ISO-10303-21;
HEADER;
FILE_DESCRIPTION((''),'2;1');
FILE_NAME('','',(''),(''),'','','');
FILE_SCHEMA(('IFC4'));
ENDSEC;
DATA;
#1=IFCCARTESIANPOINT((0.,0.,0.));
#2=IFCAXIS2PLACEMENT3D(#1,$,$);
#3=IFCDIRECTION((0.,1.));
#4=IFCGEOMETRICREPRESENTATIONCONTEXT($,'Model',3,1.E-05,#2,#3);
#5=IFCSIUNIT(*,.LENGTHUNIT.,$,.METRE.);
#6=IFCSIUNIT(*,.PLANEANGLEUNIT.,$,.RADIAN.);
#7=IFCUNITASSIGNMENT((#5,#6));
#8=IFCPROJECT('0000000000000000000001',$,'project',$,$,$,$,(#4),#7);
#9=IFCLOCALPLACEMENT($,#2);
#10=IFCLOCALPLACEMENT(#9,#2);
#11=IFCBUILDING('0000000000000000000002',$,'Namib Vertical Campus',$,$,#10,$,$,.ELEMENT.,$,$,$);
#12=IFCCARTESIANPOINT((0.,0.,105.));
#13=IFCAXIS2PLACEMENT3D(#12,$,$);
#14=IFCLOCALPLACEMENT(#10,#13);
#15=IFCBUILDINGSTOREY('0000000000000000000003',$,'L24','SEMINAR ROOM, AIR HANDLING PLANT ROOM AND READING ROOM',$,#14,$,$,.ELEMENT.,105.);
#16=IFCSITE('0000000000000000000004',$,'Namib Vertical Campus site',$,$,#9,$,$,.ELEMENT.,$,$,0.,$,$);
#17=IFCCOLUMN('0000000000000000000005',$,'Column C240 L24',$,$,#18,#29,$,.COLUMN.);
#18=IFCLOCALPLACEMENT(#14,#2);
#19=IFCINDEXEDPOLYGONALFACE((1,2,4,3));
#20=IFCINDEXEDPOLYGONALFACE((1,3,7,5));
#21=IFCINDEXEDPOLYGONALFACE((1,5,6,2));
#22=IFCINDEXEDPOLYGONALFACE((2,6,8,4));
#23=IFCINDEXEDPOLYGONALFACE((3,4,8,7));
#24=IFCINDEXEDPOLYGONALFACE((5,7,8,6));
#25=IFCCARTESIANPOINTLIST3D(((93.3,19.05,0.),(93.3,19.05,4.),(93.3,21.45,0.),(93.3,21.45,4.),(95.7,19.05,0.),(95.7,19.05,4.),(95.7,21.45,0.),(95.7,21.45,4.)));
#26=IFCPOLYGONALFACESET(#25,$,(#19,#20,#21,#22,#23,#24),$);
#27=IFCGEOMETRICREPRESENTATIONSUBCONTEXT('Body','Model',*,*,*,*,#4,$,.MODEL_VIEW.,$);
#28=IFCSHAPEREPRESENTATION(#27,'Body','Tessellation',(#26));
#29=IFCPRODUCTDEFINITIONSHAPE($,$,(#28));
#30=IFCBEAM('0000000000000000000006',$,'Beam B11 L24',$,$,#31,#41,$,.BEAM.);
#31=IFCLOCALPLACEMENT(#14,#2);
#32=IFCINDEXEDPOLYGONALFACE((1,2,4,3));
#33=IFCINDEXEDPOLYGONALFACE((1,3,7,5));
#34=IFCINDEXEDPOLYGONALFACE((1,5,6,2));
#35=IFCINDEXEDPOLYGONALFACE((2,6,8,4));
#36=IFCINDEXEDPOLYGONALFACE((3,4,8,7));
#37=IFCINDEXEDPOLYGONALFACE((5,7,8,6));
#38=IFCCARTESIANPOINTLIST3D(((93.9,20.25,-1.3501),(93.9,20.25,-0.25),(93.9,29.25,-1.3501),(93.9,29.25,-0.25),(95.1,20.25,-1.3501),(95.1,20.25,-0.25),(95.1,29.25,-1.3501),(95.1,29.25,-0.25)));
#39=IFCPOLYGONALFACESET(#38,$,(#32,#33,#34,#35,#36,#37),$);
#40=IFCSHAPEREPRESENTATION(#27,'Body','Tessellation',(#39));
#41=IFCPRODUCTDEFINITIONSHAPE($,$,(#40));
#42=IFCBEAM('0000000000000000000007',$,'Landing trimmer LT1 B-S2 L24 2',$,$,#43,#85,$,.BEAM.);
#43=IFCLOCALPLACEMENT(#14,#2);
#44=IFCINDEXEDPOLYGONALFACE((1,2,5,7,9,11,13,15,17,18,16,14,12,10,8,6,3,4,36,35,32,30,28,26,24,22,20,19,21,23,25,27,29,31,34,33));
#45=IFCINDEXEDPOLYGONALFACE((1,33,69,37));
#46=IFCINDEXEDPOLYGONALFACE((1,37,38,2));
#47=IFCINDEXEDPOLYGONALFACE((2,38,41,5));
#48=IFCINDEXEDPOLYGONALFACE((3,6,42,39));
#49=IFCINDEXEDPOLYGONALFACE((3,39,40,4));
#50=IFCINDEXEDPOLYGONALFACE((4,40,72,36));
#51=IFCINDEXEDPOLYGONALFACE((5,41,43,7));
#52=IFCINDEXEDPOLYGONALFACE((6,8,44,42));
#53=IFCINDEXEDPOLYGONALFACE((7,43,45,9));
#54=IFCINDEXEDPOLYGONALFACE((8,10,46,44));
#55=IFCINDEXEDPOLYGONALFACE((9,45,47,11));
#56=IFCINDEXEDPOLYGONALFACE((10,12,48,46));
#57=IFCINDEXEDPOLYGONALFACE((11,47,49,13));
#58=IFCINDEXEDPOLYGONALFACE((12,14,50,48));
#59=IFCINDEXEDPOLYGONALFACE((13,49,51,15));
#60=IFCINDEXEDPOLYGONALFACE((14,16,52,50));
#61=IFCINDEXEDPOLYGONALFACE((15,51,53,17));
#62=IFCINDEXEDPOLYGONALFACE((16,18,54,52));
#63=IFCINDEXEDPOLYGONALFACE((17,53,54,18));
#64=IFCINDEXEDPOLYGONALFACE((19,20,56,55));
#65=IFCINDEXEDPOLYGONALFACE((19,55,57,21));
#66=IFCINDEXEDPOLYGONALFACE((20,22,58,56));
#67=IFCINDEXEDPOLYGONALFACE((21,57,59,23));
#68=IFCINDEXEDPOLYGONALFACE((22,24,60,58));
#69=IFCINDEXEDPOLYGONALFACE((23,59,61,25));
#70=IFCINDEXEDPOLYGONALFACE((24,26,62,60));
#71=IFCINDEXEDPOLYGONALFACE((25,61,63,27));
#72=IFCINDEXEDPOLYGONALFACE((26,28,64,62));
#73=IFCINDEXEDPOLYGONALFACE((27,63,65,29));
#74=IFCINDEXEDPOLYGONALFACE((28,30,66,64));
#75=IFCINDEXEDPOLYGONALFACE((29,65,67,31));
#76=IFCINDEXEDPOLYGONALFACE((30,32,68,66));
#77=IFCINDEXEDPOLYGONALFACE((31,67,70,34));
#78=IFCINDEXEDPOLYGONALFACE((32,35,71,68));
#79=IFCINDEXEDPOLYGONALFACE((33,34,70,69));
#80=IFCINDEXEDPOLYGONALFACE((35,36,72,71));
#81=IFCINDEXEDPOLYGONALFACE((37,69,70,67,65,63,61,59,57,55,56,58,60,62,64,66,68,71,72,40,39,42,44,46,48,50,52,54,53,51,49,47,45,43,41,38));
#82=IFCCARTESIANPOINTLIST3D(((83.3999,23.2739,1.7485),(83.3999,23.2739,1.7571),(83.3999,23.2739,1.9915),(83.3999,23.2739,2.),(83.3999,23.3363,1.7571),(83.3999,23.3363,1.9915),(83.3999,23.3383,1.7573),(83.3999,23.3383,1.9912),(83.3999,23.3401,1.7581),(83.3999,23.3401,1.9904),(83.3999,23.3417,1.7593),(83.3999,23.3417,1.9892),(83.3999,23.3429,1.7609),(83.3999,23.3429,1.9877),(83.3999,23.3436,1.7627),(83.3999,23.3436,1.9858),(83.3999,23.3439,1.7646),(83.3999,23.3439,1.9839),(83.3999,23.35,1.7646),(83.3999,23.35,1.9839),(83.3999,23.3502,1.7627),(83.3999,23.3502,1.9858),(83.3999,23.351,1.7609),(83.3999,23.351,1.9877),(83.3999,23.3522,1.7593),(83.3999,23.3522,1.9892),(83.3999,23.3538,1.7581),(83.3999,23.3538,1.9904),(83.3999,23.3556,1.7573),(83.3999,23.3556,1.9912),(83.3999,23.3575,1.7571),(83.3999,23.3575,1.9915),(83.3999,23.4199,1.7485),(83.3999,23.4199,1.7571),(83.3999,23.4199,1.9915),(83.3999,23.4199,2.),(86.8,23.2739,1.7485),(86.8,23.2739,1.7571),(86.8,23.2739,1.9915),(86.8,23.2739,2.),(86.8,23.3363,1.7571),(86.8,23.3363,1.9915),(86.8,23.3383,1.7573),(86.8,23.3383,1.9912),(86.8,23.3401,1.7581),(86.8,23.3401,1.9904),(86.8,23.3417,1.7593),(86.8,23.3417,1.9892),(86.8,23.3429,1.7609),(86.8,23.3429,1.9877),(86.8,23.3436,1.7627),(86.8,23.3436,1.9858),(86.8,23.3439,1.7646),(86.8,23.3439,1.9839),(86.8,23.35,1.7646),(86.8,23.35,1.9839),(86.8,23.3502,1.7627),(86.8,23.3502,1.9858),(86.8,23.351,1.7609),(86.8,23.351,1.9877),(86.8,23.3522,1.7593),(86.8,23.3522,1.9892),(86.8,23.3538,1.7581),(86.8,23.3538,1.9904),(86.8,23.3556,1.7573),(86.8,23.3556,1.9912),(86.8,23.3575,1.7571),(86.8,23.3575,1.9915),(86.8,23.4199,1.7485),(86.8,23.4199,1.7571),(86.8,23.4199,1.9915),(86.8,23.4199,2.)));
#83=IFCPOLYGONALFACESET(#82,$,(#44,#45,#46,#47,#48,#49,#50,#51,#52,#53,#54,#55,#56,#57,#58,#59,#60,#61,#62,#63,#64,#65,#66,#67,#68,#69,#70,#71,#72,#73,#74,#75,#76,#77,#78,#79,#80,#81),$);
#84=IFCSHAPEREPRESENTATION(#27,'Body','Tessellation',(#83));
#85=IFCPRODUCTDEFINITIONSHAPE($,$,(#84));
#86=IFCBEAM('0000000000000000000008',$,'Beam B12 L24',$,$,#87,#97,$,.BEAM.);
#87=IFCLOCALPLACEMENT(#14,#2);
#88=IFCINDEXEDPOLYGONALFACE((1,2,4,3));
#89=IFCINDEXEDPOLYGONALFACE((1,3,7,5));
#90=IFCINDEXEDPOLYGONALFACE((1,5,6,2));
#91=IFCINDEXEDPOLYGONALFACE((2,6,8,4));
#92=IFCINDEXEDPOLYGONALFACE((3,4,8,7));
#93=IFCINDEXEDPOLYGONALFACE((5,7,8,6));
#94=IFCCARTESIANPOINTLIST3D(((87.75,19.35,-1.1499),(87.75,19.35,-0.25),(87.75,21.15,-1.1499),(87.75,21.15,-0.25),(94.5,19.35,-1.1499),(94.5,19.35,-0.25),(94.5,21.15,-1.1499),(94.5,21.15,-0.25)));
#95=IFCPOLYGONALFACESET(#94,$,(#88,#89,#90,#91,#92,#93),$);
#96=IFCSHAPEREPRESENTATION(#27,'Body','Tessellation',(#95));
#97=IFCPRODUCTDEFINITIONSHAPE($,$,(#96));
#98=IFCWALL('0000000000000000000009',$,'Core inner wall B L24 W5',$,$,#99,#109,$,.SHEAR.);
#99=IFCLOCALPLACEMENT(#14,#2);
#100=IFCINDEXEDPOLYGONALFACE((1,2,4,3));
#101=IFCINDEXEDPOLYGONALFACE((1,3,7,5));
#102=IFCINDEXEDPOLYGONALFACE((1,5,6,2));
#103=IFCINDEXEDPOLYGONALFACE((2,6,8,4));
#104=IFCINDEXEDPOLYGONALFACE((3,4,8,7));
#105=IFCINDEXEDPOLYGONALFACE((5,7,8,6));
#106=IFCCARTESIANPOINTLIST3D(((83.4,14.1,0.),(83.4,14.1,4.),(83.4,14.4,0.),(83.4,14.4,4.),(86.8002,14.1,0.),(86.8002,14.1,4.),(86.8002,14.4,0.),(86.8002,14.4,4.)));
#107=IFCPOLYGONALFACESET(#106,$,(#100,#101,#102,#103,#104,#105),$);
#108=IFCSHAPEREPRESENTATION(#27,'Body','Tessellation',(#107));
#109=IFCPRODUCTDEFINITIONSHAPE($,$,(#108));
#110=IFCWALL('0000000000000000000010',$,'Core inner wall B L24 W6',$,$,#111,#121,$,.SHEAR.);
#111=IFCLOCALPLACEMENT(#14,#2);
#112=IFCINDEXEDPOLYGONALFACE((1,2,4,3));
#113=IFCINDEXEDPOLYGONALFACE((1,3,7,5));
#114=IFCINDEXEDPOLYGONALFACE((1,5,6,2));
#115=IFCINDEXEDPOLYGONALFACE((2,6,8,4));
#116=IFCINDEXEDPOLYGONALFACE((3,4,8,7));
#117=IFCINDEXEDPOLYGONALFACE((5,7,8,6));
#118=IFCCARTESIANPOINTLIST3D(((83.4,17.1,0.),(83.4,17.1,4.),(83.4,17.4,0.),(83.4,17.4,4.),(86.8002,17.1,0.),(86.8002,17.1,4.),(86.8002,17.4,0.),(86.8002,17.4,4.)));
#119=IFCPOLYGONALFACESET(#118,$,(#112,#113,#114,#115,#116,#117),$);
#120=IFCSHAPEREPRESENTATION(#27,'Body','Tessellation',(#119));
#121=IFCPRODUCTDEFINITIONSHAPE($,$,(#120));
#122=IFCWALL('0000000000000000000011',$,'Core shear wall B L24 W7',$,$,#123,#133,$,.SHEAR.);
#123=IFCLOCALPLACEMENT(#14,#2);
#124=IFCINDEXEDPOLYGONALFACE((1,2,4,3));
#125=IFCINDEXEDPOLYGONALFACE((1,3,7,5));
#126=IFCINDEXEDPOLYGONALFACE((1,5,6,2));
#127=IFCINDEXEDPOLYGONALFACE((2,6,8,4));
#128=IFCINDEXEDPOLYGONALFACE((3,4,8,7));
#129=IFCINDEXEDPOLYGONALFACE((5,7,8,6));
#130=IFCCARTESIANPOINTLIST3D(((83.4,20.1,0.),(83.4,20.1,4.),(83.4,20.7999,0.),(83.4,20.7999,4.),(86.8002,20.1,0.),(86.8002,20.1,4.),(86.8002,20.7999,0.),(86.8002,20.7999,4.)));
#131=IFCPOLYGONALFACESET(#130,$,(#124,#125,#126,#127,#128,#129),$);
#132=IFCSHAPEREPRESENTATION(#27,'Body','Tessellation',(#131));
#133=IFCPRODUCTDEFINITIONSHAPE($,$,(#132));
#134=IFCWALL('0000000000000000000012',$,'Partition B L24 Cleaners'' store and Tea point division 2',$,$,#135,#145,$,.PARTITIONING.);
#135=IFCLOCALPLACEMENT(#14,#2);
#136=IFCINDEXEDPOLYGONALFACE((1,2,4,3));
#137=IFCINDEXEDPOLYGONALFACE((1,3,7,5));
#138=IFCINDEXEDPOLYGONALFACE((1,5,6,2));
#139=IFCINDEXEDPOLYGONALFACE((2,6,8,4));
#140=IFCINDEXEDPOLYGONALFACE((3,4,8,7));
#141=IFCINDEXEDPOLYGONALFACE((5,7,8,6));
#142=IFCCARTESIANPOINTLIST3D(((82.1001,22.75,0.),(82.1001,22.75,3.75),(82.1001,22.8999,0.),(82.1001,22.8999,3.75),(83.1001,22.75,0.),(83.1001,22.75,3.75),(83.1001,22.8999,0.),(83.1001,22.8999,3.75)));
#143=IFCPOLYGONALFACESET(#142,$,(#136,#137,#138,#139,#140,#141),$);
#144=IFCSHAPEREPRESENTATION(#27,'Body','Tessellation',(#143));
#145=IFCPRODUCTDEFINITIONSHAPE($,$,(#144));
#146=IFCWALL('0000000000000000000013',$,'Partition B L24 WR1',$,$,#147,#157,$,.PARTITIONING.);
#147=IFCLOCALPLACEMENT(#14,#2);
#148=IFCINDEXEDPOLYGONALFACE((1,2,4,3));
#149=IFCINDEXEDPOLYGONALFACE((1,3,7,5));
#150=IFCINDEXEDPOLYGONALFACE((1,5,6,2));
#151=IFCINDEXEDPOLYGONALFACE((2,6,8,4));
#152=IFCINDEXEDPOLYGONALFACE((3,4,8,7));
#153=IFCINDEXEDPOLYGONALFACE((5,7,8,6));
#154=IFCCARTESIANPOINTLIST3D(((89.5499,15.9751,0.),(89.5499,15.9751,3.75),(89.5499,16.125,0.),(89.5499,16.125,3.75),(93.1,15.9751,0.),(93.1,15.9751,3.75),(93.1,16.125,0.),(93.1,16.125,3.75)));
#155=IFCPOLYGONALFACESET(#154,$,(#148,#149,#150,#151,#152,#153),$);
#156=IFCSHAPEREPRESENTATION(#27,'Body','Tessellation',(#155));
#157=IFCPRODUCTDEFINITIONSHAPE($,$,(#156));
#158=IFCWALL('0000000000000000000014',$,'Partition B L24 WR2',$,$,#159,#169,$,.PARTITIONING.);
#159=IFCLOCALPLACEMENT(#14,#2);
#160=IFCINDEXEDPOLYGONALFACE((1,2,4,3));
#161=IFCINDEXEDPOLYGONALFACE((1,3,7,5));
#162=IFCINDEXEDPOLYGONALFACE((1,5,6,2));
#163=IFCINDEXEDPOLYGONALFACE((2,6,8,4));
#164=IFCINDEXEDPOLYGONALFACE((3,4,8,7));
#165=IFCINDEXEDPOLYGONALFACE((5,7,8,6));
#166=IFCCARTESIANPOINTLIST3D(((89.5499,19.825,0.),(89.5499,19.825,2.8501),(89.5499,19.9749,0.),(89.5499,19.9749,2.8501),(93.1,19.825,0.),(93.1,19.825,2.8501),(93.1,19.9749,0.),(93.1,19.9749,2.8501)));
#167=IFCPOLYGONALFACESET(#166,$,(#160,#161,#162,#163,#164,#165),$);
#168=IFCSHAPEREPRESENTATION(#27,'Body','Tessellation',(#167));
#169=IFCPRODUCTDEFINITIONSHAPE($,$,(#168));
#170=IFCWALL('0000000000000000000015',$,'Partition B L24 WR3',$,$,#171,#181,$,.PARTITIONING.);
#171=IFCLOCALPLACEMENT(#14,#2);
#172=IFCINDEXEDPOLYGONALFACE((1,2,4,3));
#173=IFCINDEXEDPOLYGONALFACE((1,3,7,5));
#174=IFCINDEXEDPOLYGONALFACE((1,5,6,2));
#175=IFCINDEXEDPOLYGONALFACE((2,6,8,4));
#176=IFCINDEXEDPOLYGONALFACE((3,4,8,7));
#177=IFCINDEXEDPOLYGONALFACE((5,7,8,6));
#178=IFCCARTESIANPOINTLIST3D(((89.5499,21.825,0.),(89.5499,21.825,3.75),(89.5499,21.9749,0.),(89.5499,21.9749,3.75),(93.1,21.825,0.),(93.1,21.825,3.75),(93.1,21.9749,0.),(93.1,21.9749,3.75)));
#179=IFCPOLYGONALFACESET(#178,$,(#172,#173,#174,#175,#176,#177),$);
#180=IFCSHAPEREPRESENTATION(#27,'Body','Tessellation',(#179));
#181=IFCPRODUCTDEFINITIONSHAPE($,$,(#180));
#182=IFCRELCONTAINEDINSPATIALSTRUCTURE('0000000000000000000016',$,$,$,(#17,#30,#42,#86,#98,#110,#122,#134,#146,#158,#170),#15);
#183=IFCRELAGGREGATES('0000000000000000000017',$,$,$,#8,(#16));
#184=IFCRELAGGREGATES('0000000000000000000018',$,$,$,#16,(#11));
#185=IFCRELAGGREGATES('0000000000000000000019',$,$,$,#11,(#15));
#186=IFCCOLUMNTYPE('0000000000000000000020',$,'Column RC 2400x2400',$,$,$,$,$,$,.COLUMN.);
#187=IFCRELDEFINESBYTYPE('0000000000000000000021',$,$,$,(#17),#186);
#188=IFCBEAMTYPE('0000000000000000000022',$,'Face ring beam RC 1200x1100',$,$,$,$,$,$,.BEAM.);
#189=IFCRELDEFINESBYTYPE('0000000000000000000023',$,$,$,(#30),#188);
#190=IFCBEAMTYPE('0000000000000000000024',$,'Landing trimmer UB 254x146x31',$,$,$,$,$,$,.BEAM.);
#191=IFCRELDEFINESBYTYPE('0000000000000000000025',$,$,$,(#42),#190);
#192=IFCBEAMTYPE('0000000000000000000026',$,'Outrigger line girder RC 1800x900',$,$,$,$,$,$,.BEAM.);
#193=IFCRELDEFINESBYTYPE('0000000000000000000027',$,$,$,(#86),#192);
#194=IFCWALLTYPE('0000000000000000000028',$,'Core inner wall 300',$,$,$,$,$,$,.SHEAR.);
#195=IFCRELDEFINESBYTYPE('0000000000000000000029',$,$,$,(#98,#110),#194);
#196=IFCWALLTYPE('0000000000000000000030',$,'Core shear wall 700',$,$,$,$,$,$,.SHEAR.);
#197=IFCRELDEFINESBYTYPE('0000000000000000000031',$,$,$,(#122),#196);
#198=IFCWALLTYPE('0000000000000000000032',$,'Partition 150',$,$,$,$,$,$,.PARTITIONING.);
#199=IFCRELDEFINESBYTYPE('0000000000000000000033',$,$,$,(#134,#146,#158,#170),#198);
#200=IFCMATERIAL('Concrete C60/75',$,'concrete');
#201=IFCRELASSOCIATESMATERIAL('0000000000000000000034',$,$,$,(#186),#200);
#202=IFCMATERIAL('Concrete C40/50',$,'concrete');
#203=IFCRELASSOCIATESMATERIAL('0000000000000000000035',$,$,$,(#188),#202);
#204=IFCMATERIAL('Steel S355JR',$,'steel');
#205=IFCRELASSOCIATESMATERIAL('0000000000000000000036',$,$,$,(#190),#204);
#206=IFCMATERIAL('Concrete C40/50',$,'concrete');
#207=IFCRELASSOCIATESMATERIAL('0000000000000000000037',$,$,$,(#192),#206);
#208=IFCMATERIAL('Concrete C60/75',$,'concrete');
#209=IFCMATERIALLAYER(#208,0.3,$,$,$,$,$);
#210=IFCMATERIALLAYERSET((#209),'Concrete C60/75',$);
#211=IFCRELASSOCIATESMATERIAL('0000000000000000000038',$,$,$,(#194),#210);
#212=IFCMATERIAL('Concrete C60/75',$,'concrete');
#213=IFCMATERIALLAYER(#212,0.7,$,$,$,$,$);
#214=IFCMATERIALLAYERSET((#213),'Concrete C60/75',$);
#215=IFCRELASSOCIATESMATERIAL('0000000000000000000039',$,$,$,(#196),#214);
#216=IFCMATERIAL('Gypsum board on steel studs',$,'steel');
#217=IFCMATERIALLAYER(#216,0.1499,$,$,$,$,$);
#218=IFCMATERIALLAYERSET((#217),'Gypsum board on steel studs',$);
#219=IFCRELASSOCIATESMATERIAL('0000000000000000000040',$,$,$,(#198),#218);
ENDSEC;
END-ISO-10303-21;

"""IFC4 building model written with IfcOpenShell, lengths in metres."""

from ifc_helpers import new_model, si_unit, direction, frame, frame_2d, origin, origin_2d, place, context, subcontext, project, spatial, rectangle, i_section, extrude, material, layer, layer_set, material_profile, profile_set, type_object, element, save


model = new_model("IFC4")

# Units and contexts
model_context = context("Model", 3, precision=1e-05, world=origin(), true_north=direction((0.0, 1.0)))
body_context = subcontext(model_context, "Body", "Model", "MODEL_VIEW")
ifc_project = project(units=[si_unit("LENGTHUNIT", "METRE"), si_unit("PLANEANGLEUNIT", "RADIAN")], contexts=[model_context])

# Site, building, storey
site_placement = place(None, origin())
site = spatial("IfcSite", under=ifc_project, at=site_placement, Name="Namib Vertical Campus site", CompositionType="ELEMENT", RefElevation=0.0)
building_placement = place(site_placement, origin())
building = spatial("IfcBuilding", under=site, at=building_placement, Name="Namib Vertical Campus", CompositionType="ELEMENT")
storey_placement = place(building_placement, frame((0.0, 0.0, 105.0)))
storey = spatial("IfcBuildingStorey", under=building, at=storey_placement, Name="L24", Description="SEMINAR ROOM, AIR HANDLING PLANT ROOM AND READING ROOM", CompositionType="ELEMENT", Elevation=105.0)

# Column
ifc_material_1 = material(Name="Concrete C60/75", Category="concrete")
ifc_material_profile_1 = material_profile(ifc_material_1, rectangle(XDim=2.3999, YDim=2.3999, at=origin_2d()))
ifc_profile_set_1 = profile_set([ifc_material_profile_1], Name="Concrete C60/75")
column_type = type_object("IfcColumnType", Name="Column RC 2400x2400", PredefinedType="COLUMN", material=ifc_profile_set_1)
column_placement = place(storey_placement, frame((94.5, 20.25, 0.0), z_axis=(0.0, 0.0, 1.0), x_axis=(1.0, 0.0, 0.0)))
element("IfcColumn", 1, at=column_placement, inside=storey, type_object=column_type, Name="Column C240 L24", PredefinedType="COLUMN", context=body_context, shape_type="SweptSolid", body=[
    extrude(rectangle(XDim=2.3999, YDim=2.3999, at=origin_2d()), origin(), (0.0, 0.0, 1.0), 4.0),
])

# Beams
ifc_material_2 = material(Name="Concrete C40/50", Category="concrete")
ifc_material_profile_2 = material_profile(ifc_material_2, rectangle(XDim=1.2, YDim=1.1001, at=origin_2d()))
ifc_profile_set_2 = profile_set([ifc_material_profile_2], Name="Concrete C40/50")
beam_type_1 = type_object("IfcBeamType", Name="Face ring beam RC 1200x1100", PredefinedType="BEAM", material=ifc_profile_set_2)
beam_1_placement = place(storey_placement, frame((94.5, 20.25, -0.8), z_axis=(0.0, 1.0, 0.0), x_axis=(-1.0, 0.0, 0.0)))
element("IfcBeam", 2, at=beam_1_placement, inside=storey, type_object=beam_type_1, Name="Beam B11 L24", PredefinedType="BEAM", context=body_context, shape_type="SweptSolid", body=[
    extrude(rectangle(XDim=1.2, YDim=1.1001, at=origin_2d()), origin(), (0.0, 0.0, 1.0), 9.0),
])
ifc_material_3 = material(Name="Steel S355JR", Category="steel")
ifc_material_profile_3 = material_profile(ifc_material_3, i_section(OverallWidth=0.146, OverallDepth=0.2515, WebThickness=0.0061, FlangeThickness=0.0085, FilletRadius=0.0076, at=origin_2d()))
ifc_profile_set_3 = profile_set([ifc_material_profile_3], Name="Steel S355JR")
beam_type_2 = type_object("IfcBeamType", Name="Landing trimmer UB 254x146x31", PredefinedType="BEAM", material=ifc_profile_set_3)
beam_2_placement = place(storey_placement, frame((83.3999, 23.3469, 1.8743), z_axis=(1.0, 0.0, 0.0), x_axis=(0.0, 1.0, 0.0)))
element("IfcBeam", 3, at=beam_2_placement, inside=storey, type_object=beam_type_2, Name="Landing trimmer LT1 B-S2 L24 2", PredefinedType="BEAM", context=body_context, shape_type="SweptSolid", body=[
    extrude(i_section(OverallWidth=0.146, OverallDepth=0.2515, WebThickness=0.0061, FlangeThickness=0.0085, FilletRadius=0.0076, at=origin_2d()), origin(), (0.0, 0.0, 1.0), 3.4001),
])
ifc_material_4 = material(Name="Concrete C40/50", Category="concrete")
ifc_material_profile_4 = material_profile(ifc_material_4, rectangle(XDim=1.8, YDim=0.8999, at=origin_2d()))
ifc_profile_set_4 = profile_set([ifc_material_profile_4], Name="Concrete C40/50")
beam_type_3 = type_object("IfcBeamType", Name="Outrigger line girder RC 1800x900", PredefinedType="BEAM", material=ifc_profile_set_4)
beam_3_placement = place(storey_placement, frame((94.5, 20.25, -0.7), z_axis=(-1.0, 0.0, 0.0), x_axis=(0.0, -1.0, 0.0)))
element("IfcBeam", 4, at=beam_3_placement, inside=storey, type_object=beam_type_3, Name="Beam B12 L24", PredefinedType="BEAM", context=body_context, shape_type="SweptSolid", body=[
    extrude(rectangle(XDim=1.8, YDim=0.8999, at=origin_2d()), origin(), (0.0, 0.0, 1.0), 6.75),
])

# Walls
ifc_material_5 = material(Name="Concrete C60/75", Category="concrete")
ifc_layer_1 = layer(ifc_material_5, 0.3)
ifc_layer_set_1 = layer_set([ifc_layer_1], Name="Concrete C60/75")
wall_type_1 = type_object("IfcWallType", Name="Core inner wall 300", PredefinedType="SHEAR", material=ifc_layer_set_1)
for number, where, z_axis, x_axis, name in (
    (5, (83.3999, 14.25, 0.0), (0.0, 0.0, 1.0), (1.0, 0.0, 0.0), "Core inner wall B L24 W5"),
    (6, (83.3999, 17.25, 0.0), (0.0, 0.0, 1.0), (1.0, 0.0, 0.0), "Core inner wall B L24 W6"),
):
    element("IfcWall", number, at=place(storey_placement, frame(where, z_axis=z_axis, x_axis=x_axis)), inside=storey, type_object=wall_type_1, Name=name, PredefinedType="SHEAR", context=body_context, shape_type="SweptSolid", body=[
        extrude(rectangle(XDim=3.4001, YDim=0.3, at=frame_2d((1.7002, 0.0))), origin(), (0.0, 0.0, 1.0), 4.0),
    ])
ifc_material_6 = material(Name="Concrete C60/75", Category="concrete")
ifc_layer_2 = layer(ifc_material_6, 0.7)
ifc_layer_set_2 = layer_set([ifc_layer_2], Name="Concrete C60/75")
wall_type_2 = type_object("IfcWallType", Name="Core shear wall 700", PredefinedType="SHEAR", material=ifc_layer_set_2)
wall_1_placement = place(storey_placement, frame((83.3999, 20.45, 0.0), z_axis=(0.0, 0.0, 1.0), x_axis=(1.0, 0.0, 0.0)))
element("IfcWall", 7, at=wall_1_placement, inside=storey, type_object=wall_type_2, Name="Core shear wall B L24 W7", PredefinedType="SHEAR", context=body_context, shape_type="SweptSolid", body=[
    extrude(rectangle(XDim=3.4001, YDim=0.7, at=frame_2d((1.7002, 0.0))), origin(), (0.0, 0.0, 1.0), 4.0),
])
ifc_material_7 = material(Name="Gypsum board on steel studs", Category="steel")
ifc_layer_3 = layer(ifc_material_7, 0.1499)
ifc_layer_set_3 = layer_set([ifc_layer_3], Name="Gypsum board on steel studs")
wall_type_3 = type_object("IfcWallType", Name="Partition 150", PredefinedType="PARTITIONING", material=ifc_layer_set_3)
wall_2_placement = place(storey_placement, frame((82.1001, 22.825, 0.0), z_axis=(0.0, 0.0, 1.0), x_axis=(1.0, 0.0, 0.0)))
element("IfcWall", 8, at=wall_2_placement, inside=storey, type_object=wall_type_3, Name="Partition B L24 Cleaners' store and Tea point division 2", PredefinedType="PARTITIONING", context=body_context, shape_type="SweptSolid", body=[
    extrude(rectangle(XDim=1.0, YDim=0.1499, at=frame_2d((0.5, 0.0))), origin(), (0.0, 0.0, 1.0), 3.75),
])
wall_3_placement = place(storey_placement, frame((89.55, 16.05, 0.0), z_axis=(0.0, 0.0, 1.0), x_axis=(1.0, 0.0, 0.0)))
element("IfcWall", 9, at=wall_3_placement, inside=storey, type_object=wall_type_3, Name="Partition B L24 WR1", PredefinedType="PARTITIONING", context=body_context, shape_type="SweptSolid", body=[
    extrude(rectangle(XDim=3.55, YDim=0.1499, at=frame_2d((1.7749, 0.0))), origin(), (0.0, 0.0, 1.0), 3.75),
])
wall_4_placement = place(storey_placement, frame((89.55, 19.8999, 0.0), z_axis=(0.0, 0.0, 1.0), x_axis=(1.0, 0.0, 0.0)))
element("IfcWall", 10, at=wall_4_placement, inside=storey, type_object=wall_type_3, Name="Partition B L24 WR2", PredefinedType="PARTITIONING", context=body_context, shape_type="SweptSolid", body=[
    extrude(rectangle(XDim=3.55, YDim=0.1499, at=frame_2d((1.7749, 0.0))), origin(), (0.0, 0.0, 1.0), 2.8501),
])
wall_5_placement = place(storey_placement, frame((89.55, 21.8999, 0.0), z_axis=(0.0, 0.0, 1.0), x_axis=(1.0, 0.0, 0.0)))
element("IfcWall", 11, at=wall_5_placement, inside=storey, type_object=wall_type_3, Name="Partition B L24 WR3", PredefinedType="PARTITIONING", context=body_context, shape_type="SweptSolid", body=[
    extrude(rectangle(XDim=3.55, YDim=0.1499, at=frame_2d((1.7749, 0.0))), origin(), (0.0, 0.0, 1.0), 3.75),
])

save(model, "model.ifc")
